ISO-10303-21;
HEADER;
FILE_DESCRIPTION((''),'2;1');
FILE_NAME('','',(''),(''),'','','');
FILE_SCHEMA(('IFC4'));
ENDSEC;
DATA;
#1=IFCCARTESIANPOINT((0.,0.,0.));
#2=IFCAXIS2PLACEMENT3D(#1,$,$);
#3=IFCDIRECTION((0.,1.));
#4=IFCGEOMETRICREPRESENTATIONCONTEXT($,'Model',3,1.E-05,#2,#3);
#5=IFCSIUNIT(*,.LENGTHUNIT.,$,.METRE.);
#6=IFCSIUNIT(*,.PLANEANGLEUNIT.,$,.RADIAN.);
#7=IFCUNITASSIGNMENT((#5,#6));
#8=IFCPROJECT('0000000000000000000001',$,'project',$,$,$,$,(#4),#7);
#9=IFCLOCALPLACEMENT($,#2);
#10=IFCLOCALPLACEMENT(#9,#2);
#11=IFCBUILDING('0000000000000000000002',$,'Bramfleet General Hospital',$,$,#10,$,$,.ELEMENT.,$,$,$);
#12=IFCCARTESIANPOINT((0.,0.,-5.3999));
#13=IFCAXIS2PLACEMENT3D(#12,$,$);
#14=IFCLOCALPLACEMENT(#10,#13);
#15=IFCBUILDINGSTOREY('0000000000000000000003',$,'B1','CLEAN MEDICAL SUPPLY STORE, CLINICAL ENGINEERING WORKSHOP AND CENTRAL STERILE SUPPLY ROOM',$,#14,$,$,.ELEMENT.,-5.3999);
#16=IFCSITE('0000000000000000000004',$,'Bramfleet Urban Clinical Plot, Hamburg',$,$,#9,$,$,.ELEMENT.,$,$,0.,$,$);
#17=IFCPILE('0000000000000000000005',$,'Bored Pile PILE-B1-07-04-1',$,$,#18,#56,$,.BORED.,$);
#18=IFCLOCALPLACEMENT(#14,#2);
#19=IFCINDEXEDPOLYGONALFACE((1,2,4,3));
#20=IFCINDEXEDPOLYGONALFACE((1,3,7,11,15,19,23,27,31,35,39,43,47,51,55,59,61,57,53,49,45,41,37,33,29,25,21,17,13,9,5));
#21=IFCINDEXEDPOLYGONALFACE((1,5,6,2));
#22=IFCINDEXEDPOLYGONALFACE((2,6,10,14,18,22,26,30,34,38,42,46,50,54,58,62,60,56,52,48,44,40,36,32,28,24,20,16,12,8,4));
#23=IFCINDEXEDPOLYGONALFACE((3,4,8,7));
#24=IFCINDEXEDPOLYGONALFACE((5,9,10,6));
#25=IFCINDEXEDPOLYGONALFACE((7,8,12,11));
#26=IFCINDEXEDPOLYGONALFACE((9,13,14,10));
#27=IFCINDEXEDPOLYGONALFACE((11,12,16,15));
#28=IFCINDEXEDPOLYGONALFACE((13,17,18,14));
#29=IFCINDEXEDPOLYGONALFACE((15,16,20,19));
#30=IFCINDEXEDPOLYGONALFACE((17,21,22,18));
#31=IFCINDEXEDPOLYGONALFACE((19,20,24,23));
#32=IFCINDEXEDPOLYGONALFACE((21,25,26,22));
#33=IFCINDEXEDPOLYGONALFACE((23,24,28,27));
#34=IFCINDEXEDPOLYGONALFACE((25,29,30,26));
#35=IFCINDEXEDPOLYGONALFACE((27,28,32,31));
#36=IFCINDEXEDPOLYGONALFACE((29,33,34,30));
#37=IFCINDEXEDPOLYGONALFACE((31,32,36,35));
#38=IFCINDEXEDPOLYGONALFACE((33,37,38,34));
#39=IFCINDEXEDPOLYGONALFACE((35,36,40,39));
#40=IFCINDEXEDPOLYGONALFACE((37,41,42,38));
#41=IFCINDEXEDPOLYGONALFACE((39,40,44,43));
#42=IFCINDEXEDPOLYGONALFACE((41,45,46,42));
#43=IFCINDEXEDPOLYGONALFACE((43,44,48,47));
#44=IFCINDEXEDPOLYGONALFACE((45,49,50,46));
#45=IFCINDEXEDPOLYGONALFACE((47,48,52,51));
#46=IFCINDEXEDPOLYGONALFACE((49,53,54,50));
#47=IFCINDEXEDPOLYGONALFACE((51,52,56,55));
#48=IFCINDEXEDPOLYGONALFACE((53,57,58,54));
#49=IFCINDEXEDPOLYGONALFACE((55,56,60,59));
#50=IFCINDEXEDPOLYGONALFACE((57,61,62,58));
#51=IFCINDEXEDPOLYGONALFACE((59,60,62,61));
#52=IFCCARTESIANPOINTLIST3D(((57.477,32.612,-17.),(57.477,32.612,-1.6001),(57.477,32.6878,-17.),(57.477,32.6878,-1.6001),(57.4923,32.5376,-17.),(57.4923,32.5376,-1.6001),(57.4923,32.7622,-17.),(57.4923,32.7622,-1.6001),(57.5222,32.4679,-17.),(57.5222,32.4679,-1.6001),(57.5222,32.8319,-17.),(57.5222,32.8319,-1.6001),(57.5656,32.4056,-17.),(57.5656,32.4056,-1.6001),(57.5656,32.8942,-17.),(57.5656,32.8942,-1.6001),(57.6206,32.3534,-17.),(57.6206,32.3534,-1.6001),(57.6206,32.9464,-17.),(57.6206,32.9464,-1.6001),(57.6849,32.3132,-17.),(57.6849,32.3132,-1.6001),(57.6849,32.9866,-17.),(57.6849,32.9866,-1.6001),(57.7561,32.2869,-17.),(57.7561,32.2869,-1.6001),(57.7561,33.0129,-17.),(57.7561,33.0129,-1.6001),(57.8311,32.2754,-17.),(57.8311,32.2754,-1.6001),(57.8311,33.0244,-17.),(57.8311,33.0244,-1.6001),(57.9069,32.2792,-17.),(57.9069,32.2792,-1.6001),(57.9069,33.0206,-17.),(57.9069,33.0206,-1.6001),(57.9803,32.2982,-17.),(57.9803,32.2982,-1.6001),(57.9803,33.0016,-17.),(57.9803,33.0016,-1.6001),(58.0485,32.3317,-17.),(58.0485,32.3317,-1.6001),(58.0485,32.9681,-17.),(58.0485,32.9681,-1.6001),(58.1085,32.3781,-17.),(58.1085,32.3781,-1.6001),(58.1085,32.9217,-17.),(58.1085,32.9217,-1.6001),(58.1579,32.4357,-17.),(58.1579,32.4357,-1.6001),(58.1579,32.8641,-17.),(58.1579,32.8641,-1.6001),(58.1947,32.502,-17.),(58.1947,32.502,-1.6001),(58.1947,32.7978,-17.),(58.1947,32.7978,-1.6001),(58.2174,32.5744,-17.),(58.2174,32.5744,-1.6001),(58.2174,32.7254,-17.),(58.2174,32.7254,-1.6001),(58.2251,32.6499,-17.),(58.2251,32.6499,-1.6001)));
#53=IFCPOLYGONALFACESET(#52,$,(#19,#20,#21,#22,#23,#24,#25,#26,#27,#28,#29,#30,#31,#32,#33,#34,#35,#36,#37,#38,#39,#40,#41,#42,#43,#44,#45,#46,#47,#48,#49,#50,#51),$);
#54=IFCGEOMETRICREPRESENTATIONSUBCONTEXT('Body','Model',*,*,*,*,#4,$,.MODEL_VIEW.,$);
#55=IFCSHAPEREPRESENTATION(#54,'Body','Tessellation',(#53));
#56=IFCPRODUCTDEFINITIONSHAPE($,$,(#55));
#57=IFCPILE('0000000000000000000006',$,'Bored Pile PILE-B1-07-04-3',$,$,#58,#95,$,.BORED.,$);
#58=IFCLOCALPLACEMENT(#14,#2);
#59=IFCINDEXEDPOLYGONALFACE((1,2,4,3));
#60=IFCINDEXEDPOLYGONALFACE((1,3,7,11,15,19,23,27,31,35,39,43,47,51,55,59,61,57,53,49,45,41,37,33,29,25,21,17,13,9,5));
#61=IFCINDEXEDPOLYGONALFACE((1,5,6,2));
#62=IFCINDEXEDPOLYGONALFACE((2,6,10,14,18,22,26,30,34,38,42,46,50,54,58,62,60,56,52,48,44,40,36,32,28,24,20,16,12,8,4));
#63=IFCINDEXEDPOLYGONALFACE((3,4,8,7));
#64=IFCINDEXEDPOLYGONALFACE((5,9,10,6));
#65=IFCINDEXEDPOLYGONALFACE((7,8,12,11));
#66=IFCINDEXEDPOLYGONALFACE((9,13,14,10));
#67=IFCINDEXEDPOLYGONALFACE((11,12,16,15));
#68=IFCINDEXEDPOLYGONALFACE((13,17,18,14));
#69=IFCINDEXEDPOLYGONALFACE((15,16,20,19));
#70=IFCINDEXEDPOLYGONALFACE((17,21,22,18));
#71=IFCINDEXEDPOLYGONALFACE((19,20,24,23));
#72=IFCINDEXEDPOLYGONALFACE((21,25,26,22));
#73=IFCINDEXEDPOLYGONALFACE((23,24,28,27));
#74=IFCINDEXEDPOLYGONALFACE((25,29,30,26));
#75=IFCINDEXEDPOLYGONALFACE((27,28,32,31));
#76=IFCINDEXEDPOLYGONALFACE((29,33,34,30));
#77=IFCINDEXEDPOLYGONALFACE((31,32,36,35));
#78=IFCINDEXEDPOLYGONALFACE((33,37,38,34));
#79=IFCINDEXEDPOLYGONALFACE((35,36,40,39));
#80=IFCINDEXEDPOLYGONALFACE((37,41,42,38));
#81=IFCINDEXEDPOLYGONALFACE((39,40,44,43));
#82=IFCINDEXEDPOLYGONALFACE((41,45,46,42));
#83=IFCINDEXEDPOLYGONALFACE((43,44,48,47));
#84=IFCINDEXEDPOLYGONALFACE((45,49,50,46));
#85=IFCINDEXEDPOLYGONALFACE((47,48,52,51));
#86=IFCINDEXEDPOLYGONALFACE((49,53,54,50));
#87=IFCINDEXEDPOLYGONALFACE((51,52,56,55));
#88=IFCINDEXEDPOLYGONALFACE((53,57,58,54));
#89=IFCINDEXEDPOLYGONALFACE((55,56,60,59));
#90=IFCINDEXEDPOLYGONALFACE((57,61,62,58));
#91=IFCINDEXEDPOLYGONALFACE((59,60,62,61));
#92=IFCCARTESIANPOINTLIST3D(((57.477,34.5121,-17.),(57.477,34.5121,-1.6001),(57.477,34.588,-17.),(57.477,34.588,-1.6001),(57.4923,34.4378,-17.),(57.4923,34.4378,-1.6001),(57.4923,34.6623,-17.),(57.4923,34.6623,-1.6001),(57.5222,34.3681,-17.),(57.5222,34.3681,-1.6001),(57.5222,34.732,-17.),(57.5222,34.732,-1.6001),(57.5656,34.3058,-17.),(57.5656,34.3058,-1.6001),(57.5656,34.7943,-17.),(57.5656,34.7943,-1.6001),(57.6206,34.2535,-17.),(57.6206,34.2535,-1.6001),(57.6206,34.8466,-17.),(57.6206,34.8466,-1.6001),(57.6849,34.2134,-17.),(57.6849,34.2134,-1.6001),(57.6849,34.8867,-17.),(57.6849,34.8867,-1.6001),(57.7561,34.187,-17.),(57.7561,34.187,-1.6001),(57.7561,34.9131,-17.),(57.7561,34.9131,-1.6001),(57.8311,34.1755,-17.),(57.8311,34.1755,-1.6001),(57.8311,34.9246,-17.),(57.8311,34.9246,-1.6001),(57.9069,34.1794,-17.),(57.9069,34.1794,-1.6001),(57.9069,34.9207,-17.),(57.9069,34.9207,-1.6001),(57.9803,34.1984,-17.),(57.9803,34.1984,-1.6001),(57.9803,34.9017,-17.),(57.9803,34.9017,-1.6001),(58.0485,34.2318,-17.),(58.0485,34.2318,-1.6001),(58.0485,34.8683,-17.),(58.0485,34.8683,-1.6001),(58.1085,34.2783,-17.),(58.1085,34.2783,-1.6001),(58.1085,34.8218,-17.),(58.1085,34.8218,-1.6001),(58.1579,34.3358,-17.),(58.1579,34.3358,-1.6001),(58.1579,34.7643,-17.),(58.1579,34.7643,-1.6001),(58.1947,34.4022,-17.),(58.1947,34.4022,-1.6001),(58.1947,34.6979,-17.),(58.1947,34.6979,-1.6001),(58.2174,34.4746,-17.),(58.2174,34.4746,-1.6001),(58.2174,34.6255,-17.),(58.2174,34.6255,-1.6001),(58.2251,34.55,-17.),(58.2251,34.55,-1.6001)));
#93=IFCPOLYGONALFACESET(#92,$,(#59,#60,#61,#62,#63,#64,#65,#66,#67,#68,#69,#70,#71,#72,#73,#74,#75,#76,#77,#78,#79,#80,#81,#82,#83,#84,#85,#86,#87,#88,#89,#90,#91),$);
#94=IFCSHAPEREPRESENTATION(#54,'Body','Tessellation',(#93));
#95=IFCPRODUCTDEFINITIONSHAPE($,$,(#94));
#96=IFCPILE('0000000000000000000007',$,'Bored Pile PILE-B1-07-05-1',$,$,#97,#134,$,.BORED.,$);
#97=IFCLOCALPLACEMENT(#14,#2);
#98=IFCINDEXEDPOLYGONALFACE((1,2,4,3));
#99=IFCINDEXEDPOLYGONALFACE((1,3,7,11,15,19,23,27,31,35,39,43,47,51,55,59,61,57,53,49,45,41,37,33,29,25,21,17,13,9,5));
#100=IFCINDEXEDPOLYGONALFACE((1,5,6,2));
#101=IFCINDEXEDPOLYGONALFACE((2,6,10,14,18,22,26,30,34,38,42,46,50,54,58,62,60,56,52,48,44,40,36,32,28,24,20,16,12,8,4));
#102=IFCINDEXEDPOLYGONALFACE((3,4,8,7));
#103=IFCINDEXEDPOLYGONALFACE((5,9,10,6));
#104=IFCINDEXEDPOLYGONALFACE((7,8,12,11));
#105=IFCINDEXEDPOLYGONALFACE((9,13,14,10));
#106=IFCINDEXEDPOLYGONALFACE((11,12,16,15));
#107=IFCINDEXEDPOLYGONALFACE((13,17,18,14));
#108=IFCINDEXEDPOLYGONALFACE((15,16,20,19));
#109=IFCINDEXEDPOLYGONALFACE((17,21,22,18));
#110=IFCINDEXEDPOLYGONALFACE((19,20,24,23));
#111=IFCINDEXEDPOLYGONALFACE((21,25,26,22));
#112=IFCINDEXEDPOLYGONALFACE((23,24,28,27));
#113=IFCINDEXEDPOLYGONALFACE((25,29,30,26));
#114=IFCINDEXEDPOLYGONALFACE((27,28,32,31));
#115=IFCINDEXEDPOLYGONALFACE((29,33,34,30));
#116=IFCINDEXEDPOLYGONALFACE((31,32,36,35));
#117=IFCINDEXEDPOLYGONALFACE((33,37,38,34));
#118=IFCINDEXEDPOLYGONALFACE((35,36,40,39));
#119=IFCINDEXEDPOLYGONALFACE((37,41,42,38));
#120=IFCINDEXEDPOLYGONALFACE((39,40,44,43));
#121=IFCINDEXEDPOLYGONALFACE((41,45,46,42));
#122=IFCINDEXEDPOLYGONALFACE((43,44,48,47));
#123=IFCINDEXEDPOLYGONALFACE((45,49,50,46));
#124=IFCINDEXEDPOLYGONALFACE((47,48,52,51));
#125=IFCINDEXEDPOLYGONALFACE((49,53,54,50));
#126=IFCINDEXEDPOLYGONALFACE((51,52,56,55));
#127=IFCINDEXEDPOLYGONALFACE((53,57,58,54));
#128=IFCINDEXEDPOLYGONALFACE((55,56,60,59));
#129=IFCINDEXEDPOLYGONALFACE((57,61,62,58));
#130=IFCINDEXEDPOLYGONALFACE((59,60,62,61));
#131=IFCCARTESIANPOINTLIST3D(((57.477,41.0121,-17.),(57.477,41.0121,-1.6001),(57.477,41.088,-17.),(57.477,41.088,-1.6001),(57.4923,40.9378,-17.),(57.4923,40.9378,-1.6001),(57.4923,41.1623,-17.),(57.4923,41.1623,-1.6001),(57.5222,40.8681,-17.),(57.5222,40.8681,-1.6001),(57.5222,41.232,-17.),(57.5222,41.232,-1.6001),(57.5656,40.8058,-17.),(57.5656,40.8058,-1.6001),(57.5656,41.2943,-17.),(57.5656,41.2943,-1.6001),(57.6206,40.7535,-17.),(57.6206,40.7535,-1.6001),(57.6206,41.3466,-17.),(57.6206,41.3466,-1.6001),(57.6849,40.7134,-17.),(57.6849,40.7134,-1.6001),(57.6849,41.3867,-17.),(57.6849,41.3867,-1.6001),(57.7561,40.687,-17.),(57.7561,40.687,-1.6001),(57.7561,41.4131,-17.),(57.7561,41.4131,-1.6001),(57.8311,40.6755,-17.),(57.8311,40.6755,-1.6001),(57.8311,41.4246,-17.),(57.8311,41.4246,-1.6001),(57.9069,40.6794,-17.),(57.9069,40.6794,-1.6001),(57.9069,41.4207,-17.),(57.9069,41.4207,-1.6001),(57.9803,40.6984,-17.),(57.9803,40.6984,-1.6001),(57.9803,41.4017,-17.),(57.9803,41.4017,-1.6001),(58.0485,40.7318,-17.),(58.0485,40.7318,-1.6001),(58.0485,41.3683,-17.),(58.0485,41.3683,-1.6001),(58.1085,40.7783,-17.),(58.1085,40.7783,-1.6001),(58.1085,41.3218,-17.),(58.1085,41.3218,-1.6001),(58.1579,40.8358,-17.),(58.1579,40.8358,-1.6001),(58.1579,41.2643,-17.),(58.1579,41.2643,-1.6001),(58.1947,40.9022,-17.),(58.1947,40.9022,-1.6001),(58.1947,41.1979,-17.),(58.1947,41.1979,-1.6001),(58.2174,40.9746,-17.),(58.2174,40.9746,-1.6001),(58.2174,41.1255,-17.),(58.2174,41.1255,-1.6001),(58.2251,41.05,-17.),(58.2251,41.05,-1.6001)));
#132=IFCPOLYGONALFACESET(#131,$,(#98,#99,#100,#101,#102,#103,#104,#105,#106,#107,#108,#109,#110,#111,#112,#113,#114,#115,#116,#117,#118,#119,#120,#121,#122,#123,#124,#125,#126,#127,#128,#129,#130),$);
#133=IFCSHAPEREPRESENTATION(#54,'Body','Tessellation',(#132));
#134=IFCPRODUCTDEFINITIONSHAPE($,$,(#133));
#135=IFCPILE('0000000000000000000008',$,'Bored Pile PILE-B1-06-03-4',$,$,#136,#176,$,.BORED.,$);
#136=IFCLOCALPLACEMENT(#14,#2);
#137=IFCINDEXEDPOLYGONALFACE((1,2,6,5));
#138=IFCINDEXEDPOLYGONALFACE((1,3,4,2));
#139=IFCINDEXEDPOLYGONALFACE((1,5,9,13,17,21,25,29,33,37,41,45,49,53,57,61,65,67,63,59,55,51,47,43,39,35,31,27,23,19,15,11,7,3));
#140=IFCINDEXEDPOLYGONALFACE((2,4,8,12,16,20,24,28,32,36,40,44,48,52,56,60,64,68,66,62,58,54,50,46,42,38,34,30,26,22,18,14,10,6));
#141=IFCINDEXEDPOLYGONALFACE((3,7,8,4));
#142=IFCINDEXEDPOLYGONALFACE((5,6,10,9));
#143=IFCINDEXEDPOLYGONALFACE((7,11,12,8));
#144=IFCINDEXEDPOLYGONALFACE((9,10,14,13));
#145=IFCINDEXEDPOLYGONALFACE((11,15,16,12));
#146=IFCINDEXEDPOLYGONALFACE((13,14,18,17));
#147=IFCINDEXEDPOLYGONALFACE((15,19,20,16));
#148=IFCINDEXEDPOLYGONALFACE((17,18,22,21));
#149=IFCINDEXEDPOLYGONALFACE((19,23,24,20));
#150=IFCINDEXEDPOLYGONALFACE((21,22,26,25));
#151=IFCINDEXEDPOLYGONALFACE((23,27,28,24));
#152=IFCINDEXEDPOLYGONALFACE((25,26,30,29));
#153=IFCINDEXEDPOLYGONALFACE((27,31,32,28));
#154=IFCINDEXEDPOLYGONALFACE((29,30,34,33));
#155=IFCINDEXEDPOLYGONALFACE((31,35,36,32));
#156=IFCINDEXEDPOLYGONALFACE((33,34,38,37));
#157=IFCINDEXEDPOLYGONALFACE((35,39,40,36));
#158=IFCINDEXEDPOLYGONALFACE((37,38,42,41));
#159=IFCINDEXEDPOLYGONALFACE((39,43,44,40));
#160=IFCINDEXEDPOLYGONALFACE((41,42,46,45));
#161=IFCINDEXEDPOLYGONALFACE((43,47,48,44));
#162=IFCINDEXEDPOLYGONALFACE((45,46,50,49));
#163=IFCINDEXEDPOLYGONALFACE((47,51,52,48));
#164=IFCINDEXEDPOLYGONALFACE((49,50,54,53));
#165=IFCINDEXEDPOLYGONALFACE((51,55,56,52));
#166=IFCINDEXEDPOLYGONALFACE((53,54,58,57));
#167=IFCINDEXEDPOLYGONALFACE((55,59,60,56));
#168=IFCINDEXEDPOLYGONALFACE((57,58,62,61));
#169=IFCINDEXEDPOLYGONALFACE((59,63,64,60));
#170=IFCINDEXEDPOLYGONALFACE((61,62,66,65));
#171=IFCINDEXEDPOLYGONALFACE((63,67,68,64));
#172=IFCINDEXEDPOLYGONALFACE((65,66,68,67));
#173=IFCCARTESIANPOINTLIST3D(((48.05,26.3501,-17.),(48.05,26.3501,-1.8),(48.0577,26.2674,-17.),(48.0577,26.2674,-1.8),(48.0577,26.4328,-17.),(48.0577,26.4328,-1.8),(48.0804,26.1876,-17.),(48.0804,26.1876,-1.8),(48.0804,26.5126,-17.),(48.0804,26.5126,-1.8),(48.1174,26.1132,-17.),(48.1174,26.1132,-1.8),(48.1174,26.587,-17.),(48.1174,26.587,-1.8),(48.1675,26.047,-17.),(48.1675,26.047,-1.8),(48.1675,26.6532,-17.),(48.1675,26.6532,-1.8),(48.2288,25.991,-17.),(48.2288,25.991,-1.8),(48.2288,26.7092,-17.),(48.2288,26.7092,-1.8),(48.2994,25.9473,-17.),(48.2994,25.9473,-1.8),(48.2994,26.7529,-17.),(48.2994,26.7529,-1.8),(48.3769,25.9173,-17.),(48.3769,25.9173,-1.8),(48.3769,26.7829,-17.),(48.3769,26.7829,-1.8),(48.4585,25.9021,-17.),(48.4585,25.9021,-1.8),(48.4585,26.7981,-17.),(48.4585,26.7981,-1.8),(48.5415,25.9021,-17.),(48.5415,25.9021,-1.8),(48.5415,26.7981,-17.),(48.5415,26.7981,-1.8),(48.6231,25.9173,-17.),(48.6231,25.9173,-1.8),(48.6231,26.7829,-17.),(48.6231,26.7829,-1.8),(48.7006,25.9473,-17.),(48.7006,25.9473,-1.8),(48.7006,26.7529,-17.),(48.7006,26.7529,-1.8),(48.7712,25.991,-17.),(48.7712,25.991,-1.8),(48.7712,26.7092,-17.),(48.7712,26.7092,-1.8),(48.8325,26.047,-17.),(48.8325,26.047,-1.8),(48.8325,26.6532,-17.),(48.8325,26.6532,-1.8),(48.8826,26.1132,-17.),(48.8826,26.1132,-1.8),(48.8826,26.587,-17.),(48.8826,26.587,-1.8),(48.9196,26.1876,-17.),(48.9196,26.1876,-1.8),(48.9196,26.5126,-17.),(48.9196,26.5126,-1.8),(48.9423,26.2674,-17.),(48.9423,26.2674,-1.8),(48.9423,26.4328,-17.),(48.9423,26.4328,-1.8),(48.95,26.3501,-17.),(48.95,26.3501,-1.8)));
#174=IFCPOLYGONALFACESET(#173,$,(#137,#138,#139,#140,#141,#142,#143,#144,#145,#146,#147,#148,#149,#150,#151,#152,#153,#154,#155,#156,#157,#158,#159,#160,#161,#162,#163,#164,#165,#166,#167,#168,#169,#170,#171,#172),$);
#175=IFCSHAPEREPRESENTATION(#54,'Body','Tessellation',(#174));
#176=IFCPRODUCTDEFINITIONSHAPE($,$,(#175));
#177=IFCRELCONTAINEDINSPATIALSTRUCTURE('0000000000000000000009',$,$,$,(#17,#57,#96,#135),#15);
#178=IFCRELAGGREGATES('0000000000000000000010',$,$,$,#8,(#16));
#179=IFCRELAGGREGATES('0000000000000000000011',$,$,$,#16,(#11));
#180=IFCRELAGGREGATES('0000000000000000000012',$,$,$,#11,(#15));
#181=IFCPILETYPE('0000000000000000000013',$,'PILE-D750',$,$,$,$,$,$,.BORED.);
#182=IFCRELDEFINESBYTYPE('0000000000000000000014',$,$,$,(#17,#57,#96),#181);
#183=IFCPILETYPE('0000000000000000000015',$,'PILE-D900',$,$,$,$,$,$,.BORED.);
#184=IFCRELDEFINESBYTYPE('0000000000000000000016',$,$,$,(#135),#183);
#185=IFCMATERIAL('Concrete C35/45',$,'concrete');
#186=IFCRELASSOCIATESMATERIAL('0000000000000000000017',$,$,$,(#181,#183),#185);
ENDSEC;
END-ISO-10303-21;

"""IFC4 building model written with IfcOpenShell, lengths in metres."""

from ifc_helpers import new_model, si_unit, direction, frame, origin, origin_2d, place, context, subcontext, project, spatial, circle, extrude, material, material_profile, profile_set, type_object, element, save


model = new_model("IFC4")

# Units and contexts
model_context = context("Model", 3, precision=1e-05, world=origin(), true_north=direction((0.0, 1.0)))
body_context = subcontext(model_context, "Body", "Model", "MODEL_VIEW")
ifc_project = project(units=[si_unit("LENGTHUNIT", "METRE"), si_unit("PLANEANGLEUNIT", "RADIAN")], contexts=[model_context])

# Site, building, storey
site_placement = place(None, origin())
site = spatial("IfcSite", under=ifc_project, at=site_placement, Name="Bramfleet Urban Clinical Plot, Hamburg", CompositionType="ELEMENT", RefElevation=0.0)
building_placement = place(site_placement, origin())
building = spatial("IfcBuilding", under=site, at=building_placement, Name="Bramfleet General Hospital", CompositionType="ELEMENT")
storey_placement = place(building_placement, frame((0.0, 0.0, -5.3999)))
storey = spatial("IfcBuildingStorey", under=building, at=storey_placement, Name="B1", Description="CLEAN MEDICAL SUPPLY STORE, CLINICAL ENGINEERING WORKSHOP AND CENTRAL STERILE SUPPLY ROOM", CompositionType="ELEMENT", Elevation=-5.3999)

# Shared definitions
ifc_material_1 = material(Name="Concrete C35/45", Category="concrete")

# Piles
ifc_material_profile_1 = material_profile(ifc_material_1, circle(Radius=0.375, at=origin_2d()), Name="PILE BORED D750")
ifc_profile_set_1 = profile_set([ifc_material_profile_1], Name="Concrete C35/45")
pile_type_1 = type_object("IfcPileType", Name="PILE-D750", PredefinedType="BORED", material=ifc_profile_set_1)
for number, where, z_axis, x_axis, name in (
    (1, (57.8501, 32.6499, -1.6001), (0.0, 0.0, -1.0), (1.0, 0.0, 0.0), "Bored Pile PILE-B1-07-04-1"),
    (2, (57.8501, 34.55, -1.6001), (0.0, 0.0, -1.0), (1.0, 0.0, 0.0), "Bored Pile PILE-B1-07-04-3"),
    (3, (57.8501, 41.05, -1.6001), (0.0, 0.0, -1.0), (1.0, 0.0, 0.0), "Bored Pile PILE-B1-07-05-1"),
):
    element("IfcPile", number, at=place(storey_placement, frame(where, z_axis=z_axis, x_axis=x_axis)), inside=storey, type_object=pile_type_1, Name=name, PredefinedType="BORED", context=body_context, shape_type="SweptSolid", body=[
        extrude(circle(Radius=0.375, at=origin_2d()), origin(), (0.0, 0.0, 1.0), 15.3999),
    ])
ifc_material_profile_2 = material_profile(ifc_material_1, circle(Radius=0.45, at=origin_2d()), Name="PILE BORED D900")
ifc_profile_set_2 = profile_set([ifc_material_profile_2], Name="Concrete C35/45")
pile_type_2 = type_object("IfcPileType", Name="PILE-D900", PredefinedType="BORED", material=ifc_profile_set_2)
for number, where, z_axis, x_axis, name in (
    (4, (48.5, 26.3501, -1.8), (0.0, 0.0, -1.0), (1.0, 0.0, 0.0), "Bored Pile PILE-B1-06-03-4"),
):
    element("IfcPile", number, at=place(storey_placement, frame(where, z_axis=z_axis, x_axis=x_axis)), inside=storey, type_object=pile_type_2, Name=name, PredefinedType="BORED", context=body_context, shape_type="SweptSolid", body=[
        extrude(circle(Radius=0.45, at=origin_2d()), origin(), (0.0, 0.0, 1.0), 15.2),
    ])

save(model, "model.ifc")
